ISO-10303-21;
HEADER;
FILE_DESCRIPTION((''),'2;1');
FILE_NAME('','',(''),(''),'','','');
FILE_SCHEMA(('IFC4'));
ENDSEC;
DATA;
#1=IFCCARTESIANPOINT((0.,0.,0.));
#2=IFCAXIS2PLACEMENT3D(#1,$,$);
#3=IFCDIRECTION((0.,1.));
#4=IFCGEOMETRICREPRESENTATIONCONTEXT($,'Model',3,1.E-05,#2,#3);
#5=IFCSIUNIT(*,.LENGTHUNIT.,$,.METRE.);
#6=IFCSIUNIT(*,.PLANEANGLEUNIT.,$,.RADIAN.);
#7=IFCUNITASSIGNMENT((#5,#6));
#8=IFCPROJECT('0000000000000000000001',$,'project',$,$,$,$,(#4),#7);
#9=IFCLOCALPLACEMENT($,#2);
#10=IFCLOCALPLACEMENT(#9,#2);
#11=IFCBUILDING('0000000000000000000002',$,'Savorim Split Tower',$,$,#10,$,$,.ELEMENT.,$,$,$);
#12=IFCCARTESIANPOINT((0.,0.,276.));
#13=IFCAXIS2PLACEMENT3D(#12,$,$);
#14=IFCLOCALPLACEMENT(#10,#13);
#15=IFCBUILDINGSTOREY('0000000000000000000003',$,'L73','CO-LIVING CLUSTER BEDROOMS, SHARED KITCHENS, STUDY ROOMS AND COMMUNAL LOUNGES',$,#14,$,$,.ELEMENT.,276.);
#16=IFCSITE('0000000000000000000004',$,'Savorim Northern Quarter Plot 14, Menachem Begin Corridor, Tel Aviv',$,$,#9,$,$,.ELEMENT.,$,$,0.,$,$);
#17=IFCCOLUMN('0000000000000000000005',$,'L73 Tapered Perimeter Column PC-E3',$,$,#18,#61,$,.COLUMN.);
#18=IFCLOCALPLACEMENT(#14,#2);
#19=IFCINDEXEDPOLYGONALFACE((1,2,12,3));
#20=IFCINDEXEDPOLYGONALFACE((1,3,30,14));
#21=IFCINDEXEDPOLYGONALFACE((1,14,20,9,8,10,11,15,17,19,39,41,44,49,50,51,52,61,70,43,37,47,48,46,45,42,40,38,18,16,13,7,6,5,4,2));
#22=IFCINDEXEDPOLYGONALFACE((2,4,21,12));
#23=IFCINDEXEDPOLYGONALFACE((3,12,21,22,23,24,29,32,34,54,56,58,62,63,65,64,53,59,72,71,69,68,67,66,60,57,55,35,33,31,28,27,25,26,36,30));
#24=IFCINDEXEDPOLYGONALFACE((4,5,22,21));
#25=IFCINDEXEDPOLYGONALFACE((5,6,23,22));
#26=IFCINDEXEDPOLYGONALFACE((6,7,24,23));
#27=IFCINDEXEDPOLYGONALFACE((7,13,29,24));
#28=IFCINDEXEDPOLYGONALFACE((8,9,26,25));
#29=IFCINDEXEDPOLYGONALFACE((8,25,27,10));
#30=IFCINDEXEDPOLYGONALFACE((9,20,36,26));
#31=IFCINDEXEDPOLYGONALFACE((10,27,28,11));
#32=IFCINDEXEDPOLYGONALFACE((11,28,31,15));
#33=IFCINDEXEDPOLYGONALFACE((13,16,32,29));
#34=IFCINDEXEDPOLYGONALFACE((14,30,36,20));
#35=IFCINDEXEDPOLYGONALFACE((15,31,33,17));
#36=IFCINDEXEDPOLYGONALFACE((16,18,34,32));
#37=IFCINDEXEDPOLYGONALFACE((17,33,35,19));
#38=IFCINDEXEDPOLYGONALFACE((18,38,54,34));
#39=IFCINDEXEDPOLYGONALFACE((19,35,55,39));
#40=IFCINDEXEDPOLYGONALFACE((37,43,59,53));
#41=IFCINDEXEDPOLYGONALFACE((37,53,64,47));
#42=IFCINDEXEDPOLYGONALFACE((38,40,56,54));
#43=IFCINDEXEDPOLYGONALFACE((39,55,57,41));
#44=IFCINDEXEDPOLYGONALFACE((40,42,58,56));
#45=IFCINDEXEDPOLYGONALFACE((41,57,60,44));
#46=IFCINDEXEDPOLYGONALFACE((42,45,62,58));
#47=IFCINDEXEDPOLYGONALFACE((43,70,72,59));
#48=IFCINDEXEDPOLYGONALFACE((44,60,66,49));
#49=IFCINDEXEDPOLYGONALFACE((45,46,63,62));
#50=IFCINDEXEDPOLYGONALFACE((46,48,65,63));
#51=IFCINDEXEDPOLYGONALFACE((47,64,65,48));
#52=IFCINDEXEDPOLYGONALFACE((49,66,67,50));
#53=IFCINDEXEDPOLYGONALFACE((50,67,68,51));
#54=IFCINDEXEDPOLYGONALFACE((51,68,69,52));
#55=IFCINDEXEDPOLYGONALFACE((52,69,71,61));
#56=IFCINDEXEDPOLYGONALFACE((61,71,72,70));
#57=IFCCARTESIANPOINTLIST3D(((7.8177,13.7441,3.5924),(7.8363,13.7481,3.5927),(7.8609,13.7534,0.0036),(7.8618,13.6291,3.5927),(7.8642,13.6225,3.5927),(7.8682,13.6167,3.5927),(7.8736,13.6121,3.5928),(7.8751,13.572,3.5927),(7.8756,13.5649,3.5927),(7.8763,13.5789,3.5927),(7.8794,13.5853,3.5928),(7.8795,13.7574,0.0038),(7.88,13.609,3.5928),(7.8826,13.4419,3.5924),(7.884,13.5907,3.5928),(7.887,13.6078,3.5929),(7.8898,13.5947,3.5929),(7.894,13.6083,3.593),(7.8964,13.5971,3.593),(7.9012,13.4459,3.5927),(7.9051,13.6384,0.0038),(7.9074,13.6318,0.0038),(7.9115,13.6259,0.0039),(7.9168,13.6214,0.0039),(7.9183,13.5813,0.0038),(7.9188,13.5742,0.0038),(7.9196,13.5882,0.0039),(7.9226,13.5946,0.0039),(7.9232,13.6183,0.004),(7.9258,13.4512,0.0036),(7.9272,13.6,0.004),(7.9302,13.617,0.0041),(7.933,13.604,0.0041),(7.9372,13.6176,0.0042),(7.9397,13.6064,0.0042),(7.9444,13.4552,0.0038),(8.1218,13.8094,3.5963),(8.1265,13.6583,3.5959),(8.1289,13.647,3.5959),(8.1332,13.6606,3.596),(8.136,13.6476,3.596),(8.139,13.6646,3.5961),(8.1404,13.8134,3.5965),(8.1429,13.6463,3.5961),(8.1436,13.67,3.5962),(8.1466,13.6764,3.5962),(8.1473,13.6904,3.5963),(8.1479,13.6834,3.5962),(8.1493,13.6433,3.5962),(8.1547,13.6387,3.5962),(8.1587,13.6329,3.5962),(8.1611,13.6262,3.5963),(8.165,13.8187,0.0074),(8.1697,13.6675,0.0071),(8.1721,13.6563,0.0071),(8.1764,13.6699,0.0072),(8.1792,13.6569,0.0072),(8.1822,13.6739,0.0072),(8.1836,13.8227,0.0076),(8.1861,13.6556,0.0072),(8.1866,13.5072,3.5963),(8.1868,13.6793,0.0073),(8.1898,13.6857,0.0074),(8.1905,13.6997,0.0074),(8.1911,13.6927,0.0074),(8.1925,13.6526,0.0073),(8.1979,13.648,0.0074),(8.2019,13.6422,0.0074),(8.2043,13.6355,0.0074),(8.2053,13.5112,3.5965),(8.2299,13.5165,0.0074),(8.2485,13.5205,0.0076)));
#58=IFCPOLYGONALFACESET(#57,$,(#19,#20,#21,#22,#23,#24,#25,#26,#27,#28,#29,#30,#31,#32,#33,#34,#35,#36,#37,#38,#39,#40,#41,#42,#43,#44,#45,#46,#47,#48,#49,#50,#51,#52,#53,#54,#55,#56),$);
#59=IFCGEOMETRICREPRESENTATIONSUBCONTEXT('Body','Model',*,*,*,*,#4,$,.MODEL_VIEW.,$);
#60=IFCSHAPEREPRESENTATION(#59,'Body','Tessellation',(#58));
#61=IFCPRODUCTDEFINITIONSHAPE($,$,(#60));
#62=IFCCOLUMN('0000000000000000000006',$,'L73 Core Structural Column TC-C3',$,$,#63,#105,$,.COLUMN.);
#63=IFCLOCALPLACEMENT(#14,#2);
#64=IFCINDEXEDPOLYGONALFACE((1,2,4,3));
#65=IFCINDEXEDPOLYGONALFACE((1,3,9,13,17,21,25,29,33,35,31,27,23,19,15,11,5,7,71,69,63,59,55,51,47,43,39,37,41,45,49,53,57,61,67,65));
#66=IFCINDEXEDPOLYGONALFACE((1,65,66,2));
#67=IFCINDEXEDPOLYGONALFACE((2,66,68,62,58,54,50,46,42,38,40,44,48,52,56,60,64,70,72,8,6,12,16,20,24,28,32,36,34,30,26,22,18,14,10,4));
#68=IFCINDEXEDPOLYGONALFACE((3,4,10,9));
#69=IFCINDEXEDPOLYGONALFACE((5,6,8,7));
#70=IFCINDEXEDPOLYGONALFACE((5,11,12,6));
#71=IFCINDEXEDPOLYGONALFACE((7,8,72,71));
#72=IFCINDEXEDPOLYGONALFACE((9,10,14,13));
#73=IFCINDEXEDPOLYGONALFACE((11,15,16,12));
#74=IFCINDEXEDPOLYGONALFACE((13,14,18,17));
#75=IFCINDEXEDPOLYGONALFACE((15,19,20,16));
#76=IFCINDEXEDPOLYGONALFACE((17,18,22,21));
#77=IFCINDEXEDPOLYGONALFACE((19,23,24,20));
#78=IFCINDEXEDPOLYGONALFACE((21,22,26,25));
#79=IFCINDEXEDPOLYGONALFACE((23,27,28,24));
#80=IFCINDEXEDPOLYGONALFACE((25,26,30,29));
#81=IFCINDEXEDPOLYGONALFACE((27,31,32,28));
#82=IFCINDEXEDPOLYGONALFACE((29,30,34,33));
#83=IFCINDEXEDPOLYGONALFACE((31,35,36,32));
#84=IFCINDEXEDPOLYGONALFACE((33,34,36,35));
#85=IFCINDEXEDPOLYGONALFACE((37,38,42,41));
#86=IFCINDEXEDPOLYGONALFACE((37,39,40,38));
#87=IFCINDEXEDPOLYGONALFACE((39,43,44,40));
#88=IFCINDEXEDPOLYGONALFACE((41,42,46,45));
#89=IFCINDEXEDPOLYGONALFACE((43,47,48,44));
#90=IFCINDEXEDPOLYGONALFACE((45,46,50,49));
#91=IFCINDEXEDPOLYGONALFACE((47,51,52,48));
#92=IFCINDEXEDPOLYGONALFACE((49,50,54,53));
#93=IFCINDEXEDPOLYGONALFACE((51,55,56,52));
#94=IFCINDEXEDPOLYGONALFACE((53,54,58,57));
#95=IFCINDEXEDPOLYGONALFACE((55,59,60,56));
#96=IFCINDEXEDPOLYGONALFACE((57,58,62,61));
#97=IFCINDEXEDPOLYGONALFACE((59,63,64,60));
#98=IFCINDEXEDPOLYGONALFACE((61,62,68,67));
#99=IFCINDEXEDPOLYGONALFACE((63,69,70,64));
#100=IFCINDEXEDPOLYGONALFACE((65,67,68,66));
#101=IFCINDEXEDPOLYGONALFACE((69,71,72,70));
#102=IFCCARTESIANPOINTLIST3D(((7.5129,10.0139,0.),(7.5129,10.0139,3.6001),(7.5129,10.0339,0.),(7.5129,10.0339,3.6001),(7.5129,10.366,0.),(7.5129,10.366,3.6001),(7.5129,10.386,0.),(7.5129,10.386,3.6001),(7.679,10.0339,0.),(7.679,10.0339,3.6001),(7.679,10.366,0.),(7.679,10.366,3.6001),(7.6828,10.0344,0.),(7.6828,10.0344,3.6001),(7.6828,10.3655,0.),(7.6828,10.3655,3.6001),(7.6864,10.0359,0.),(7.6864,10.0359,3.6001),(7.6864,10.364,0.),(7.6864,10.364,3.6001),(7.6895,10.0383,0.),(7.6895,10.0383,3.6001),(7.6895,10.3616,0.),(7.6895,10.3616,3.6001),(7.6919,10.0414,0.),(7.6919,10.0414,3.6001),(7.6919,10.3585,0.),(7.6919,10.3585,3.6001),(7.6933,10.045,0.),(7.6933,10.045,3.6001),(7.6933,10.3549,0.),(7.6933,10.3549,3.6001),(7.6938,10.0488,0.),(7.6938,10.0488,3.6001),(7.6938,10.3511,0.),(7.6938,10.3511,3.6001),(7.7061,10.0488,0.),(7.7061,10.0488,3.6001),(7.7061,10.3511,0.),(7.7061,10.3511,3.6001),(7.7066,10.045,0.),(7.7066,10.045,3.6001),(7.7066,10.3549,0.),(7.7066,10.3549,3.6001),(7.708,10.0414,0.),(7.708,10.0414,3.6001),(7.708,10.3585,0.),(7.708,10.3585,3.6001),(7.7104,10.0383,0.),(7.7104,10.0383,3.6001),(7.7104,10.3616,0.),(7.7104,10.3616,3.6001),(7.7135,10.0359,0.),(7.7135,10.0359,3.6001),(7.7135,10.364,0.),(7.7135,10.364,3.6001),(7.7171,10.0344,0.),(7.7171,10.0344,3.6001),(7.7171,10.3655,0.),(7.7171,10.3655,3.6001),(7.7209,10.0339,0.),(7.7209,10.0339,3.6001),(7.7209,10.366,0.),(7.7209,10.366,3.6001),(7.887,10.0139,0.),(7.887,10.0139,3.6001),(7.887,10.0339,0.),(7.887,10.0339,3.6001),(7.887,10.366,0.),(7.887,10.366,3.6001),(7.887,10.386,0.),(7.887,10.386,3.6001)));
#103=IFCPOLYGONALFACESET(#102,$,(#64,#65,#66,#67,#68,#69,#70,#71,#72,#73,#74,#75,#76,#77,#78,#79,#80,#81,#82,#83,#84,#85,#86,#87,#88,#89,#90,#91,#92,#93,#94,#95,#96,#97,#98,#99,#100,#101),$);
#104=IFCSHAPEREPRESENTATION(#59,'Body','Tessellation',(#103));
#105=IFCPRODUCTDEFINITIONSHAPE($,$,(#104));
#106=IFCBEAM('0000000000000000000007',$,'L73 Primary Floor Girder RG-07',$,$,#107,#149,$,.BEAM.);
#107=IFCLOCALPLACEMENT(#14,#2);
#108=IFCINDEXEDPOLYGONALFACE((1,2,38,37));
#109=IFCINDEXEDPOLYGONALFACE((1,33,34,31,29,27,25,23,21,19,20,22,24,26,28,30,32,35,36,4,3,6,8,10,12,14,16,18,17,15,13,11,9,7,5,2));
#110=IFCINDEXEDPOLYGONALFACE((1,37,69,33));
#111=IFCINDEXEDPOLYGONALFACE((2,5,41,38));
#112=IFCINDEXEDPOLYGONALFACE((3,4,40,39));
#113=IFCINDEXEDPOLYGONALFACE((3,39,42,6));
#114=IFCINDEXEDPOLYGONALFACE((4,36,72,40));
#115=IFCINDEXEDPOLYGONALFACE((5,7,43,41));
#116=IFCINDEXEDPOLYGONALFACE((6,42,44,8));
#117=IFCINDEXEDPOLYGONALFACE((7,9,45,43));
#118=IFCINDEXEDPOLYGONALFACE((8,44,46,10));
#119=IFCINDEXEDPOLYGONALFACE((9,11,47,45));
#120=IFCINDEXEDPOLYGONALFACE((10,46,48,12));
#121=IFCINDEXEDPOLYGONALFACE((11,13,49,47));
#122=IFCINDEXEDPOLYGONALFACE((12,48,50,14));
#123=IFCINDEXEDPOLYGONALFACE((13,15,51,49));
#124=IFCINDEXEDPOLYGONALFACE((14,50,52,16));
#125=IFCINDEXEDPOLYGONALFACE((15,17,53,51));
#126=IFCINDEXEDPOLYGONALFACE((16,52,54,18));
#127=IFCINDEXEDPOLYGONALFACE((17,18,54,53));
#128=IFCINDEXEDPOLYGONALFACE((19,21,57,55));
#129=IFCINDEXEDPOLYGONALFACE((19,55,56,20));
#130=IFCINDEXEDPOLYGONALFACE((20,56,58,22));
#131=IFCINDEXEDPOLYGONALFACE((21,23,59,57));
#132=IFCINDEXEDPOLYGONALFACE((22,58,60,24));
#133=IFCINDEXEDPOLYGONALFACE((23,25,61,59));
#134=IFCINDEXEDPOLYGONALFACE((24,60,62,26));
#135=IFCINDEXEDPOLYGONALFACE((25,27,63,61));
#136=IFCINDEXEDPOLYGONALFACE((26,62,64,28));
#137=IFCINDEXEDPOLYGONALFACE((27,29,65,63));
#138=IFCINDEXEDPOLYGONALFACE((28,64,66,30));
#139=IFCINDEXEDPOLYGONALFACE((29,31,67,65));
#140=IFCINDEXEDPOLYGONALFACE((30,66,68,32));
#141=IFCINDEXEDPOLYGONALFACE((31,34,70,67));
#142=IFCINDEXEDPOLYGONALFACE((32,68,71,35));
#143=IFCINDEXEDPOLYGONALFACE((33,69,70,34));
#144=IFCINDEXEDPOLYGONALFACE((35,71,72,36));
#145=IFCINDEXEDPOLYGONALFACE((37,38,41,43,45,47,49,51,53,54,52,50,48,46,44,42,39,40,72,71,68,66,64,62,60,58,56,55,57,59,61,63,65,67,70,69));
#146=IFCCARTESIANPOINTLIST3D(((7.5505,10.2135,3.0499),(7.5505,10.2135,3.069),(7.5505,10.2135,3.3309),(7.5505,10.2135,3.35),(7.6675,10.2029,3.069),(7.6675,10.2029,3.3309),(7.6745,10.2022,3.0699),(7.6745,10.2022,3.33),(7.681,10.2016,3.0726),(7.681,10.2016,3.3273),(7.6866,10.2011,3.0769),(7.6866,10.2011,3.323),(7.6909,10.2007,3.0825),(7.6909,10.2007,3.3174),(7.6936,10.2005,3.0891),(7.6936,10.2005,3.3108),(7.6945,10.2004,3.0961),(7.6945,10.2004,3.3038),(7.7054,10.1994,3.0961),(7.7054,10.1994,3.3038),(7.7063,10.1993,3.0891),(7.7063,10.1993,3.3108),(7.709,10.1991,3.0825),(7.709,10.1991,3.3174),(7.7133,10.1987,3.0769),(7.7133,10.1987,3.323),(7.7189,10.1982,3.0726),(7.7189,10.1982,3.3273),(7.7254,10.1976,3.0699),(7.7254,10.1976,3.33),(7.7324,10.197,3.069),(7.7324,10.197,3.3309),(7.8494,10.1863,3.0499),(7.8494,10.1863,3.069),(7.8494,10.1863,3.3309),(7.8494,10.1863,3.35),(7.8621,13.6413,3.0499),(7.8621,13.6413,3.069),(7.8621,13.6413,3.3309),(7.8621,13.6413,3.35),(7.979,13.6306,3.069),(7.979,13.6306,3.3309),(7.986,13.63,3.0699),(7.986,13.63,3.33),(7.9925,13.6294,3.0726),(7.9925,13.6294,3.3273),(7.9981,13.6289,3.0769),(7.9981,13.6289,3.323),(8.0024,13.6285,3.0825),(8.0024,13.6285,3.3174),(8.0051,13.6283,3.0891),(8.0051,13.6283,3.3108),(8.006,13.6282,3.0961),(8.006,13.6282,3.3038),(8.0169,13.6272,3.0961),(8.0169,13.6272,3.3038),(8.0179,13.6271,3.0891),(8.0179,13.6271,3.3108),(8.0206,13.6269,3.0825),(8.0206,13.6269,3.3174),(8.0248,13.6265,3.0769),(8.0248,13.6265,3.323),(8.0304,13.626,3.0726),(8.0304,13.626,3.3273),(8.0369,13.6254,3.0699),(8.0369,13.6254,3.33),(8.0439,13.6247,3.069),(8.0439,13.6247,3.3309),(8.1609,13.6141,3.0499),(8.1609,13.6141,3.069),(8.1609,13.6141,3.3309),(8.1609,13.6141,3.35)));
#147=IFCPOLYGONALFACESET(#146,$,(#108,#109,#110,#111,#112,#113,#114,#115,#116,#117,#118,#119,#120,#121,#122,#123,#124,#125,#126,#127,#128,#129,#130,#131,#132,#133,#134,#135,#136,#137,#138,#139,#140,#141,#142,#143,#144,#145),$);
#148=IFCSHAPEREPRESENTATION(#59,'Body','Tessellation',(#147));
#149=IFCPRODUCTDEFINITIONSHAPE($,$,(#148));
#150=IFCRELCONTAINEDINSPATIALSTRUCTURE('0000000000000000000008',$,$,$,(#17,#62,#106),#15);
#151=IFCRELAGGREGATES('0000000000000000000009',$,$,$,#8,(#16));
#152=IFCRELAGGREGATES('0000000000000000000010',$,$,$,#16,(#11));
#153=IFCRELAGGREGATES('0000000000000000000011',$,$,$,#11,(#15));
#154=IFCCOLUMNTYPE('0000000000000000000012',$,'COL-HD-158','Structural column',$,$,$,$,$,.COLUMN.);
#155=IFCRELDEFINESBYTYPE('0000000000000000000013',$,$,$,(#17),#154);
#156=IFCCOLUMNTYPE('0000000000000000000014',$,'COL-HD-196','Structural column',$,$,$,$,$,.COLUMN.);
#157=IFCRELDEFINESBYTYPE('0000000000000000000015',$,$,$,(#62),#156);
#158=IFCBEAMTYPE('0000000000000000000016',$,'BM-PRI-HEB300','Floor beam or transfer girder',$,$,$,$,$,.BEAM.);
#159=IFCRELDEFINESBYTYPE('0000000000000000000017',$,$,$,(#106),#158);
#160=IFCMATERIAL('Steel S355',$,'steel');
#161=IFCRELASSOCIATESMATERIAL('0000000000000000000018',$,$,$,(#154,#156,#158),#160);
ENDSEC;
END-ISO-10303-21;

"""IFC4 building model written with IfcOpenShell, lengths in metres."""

from ifc_helpers import new_model, si_unit, direction, frame, origin, origin_2d, place, context, subcontext, project, spatial, i_section, extrude, material, material_profile, profile_set, type_object, element, save


model = new_model("IFC4")

# Units and contexts
model_context = context("Model", 3, precision=1e-05, world=origin(), true_north=direction((0.0, 1.0)))
body_context = subcontext(model_context, "Body", "Model", "MODEL_VIEW")
ifc_project = project(units=[si_unit("LENGTHUNIT", "METRE"), si_unit("PLANEANGLEUNIT", "RADIAN")], contexts=[model_context])

# Site, building, storey
site_placement = place(None, origin())
site = spatial("IfcSite", under=ifc_project, at=site_placement, Name="Savorim Northern Quarter Plot 14, Menachem Begin Corridor, Tel Aviv", CompositionType="ELEMENT", RefElevation=0.0)
building_placement = place(site_placement, origin())
building = spatial("IfcBuilding", under=site, at=building_placement, Name="Savorim Split Tower", CompositionType="ELEMENT")
storey_placement = place(building_placement, frame((0.0, 0.0, 276.0)))
storey = spatial("IfcBuildingStorey", under=building, at=storey_placement, Name="L73", Description="CO-LIVING CLUSTER BEDROOMS, SHARED KITCHENS, STUDY ROOMS AND COMMUNAL LOUNGES", CompositionType="ELEMENT", Elevation=276.0)

# Columns
ifc_material_1 = material(Name="Steel S355", Category="steel")
ifc_material_profile_1 = material_profile(ifc_material_1, i_section(OverallWidth=0.3091, OverallDepth=0.3301, WebThickness=0.0115, FlangeThickness=0.019, FilletRadius=0.0271, at=origin_2d()), Name="HD 320x158")
ifc_profile_set_1 = profile_set([ifc_material_profile_1], Name="Steel S355")
column_type_1 = type_object("IfcColumnType", Name="COL-HD-158", Description="Structural column", PredefinedType="COLUMN", material=ifc_profile_set_1)
column_1_placement = place(storey_placement, frame((8.0547, 13.637, 0.0056), z_axis=(-0.01204, -0.002585, 0.999924), x_axis=(0.209906, -0.977722, 0.0)))
element("IfcColumn", 1, at=column_1_placement, inside=storey, type_object=column_type_1, Name="L73 Tapered Perimeter Column PC-E3", PredefinedType="COLUMN", context=body_context, shape_type="SweptSolid", body=[
    extrude(i_section(OverallWidth=0.3091, OverallDepth=0.3301, WebThickness=0.0115, FlangeThickness=0.019, FilletRadius=0.0271, at=origin_2d()), origin(), (0.0, 0.0, 1.0), 3.5891),
])
ifc_material_profile_2 = material_profile(ifc_material_1, i_section(OverallWidth=0.374, OverallDepth=0.3721, WebThickness=0.0122, FlangeThickness=0.02, FilletRadius=0.0149, at=origin_2d()), Name="HD 360x196")
ifc_profile_set_2 = profile_set([ifc_material_profile_2], Name="Steel S355")
column_type_2 = type_object("IfcColumnType", Name="COL-HD-196", Description="Structural column", PredefinedType="COLUMN", material=ifc_profile_set_2)
column_2_placement = place(storey_placement, frame((7.7, 10.2, 0.0), z_axis=(0.0, 0.0, 1.0), x_axis=(1.0, 0.0, 0.0)))
element("IfcColumn", 2, at=column_2_placement, inside=storey, type_object=column_type_2, Name="L73 Core Structural Column TC-C3", PredefinedType="COLUMN", context=body_context, shape_type="SweptSolid", body=[
    extrude(i_section(OverallWidth=0.374, OverallDepth=0.3721, WebThickness=0.0122, FlangeThickness=0.02, FilletRadius=0.0149, at=origin_2d()), origin(), (0.0, 0.0, 1.0), 3.6001),
])

# Beam
ifc_material_profile_3 = material_profile(ifc_material_1, i_section(OverallWidth=0.3, OverallDepth=0.3, WebThickness=0.011, FlangeThickness=0.019, FilletRadius=0.0271, at=origin_2d()), Name="HEB 300")
ifc_profile_set_3 = profile_set([ifc_material_profile_3], Name="Steel S355")
beam_type_1 = type_object("IfcBeamType", Name="BM-PRI-HEB300", Description="Floor beam or transfer girder", PredefinedType="BEAM", material=ifc_profile_set_3)
beam_1_placement = place(storey_placement, frame((8.0115, 13.6277, 3.2), z_axis=(-0.09051, -0.995896, 0.0), x_axis=(0.995896, -0.09051, 0.0)))
element("IfcBeam", 3, at=beam_1_placement, inside=storey, type_object=beam_type_1, Name="L73 Primary Floor Girder RG-07", PredefinedType="BEAM", context=body_context, shape_type="SweptSolid", body=[
    extrude(i_section(OverallWidth=0.3, OverallDepth=0.3, WebThickness=0.011, FlangeThickness=0.019, FilletRadius=0.0271, at=origin_2d()), origin(), (0.0, 0.0, 1.0), 3.4419),
])

save(model, "model.ifc")
